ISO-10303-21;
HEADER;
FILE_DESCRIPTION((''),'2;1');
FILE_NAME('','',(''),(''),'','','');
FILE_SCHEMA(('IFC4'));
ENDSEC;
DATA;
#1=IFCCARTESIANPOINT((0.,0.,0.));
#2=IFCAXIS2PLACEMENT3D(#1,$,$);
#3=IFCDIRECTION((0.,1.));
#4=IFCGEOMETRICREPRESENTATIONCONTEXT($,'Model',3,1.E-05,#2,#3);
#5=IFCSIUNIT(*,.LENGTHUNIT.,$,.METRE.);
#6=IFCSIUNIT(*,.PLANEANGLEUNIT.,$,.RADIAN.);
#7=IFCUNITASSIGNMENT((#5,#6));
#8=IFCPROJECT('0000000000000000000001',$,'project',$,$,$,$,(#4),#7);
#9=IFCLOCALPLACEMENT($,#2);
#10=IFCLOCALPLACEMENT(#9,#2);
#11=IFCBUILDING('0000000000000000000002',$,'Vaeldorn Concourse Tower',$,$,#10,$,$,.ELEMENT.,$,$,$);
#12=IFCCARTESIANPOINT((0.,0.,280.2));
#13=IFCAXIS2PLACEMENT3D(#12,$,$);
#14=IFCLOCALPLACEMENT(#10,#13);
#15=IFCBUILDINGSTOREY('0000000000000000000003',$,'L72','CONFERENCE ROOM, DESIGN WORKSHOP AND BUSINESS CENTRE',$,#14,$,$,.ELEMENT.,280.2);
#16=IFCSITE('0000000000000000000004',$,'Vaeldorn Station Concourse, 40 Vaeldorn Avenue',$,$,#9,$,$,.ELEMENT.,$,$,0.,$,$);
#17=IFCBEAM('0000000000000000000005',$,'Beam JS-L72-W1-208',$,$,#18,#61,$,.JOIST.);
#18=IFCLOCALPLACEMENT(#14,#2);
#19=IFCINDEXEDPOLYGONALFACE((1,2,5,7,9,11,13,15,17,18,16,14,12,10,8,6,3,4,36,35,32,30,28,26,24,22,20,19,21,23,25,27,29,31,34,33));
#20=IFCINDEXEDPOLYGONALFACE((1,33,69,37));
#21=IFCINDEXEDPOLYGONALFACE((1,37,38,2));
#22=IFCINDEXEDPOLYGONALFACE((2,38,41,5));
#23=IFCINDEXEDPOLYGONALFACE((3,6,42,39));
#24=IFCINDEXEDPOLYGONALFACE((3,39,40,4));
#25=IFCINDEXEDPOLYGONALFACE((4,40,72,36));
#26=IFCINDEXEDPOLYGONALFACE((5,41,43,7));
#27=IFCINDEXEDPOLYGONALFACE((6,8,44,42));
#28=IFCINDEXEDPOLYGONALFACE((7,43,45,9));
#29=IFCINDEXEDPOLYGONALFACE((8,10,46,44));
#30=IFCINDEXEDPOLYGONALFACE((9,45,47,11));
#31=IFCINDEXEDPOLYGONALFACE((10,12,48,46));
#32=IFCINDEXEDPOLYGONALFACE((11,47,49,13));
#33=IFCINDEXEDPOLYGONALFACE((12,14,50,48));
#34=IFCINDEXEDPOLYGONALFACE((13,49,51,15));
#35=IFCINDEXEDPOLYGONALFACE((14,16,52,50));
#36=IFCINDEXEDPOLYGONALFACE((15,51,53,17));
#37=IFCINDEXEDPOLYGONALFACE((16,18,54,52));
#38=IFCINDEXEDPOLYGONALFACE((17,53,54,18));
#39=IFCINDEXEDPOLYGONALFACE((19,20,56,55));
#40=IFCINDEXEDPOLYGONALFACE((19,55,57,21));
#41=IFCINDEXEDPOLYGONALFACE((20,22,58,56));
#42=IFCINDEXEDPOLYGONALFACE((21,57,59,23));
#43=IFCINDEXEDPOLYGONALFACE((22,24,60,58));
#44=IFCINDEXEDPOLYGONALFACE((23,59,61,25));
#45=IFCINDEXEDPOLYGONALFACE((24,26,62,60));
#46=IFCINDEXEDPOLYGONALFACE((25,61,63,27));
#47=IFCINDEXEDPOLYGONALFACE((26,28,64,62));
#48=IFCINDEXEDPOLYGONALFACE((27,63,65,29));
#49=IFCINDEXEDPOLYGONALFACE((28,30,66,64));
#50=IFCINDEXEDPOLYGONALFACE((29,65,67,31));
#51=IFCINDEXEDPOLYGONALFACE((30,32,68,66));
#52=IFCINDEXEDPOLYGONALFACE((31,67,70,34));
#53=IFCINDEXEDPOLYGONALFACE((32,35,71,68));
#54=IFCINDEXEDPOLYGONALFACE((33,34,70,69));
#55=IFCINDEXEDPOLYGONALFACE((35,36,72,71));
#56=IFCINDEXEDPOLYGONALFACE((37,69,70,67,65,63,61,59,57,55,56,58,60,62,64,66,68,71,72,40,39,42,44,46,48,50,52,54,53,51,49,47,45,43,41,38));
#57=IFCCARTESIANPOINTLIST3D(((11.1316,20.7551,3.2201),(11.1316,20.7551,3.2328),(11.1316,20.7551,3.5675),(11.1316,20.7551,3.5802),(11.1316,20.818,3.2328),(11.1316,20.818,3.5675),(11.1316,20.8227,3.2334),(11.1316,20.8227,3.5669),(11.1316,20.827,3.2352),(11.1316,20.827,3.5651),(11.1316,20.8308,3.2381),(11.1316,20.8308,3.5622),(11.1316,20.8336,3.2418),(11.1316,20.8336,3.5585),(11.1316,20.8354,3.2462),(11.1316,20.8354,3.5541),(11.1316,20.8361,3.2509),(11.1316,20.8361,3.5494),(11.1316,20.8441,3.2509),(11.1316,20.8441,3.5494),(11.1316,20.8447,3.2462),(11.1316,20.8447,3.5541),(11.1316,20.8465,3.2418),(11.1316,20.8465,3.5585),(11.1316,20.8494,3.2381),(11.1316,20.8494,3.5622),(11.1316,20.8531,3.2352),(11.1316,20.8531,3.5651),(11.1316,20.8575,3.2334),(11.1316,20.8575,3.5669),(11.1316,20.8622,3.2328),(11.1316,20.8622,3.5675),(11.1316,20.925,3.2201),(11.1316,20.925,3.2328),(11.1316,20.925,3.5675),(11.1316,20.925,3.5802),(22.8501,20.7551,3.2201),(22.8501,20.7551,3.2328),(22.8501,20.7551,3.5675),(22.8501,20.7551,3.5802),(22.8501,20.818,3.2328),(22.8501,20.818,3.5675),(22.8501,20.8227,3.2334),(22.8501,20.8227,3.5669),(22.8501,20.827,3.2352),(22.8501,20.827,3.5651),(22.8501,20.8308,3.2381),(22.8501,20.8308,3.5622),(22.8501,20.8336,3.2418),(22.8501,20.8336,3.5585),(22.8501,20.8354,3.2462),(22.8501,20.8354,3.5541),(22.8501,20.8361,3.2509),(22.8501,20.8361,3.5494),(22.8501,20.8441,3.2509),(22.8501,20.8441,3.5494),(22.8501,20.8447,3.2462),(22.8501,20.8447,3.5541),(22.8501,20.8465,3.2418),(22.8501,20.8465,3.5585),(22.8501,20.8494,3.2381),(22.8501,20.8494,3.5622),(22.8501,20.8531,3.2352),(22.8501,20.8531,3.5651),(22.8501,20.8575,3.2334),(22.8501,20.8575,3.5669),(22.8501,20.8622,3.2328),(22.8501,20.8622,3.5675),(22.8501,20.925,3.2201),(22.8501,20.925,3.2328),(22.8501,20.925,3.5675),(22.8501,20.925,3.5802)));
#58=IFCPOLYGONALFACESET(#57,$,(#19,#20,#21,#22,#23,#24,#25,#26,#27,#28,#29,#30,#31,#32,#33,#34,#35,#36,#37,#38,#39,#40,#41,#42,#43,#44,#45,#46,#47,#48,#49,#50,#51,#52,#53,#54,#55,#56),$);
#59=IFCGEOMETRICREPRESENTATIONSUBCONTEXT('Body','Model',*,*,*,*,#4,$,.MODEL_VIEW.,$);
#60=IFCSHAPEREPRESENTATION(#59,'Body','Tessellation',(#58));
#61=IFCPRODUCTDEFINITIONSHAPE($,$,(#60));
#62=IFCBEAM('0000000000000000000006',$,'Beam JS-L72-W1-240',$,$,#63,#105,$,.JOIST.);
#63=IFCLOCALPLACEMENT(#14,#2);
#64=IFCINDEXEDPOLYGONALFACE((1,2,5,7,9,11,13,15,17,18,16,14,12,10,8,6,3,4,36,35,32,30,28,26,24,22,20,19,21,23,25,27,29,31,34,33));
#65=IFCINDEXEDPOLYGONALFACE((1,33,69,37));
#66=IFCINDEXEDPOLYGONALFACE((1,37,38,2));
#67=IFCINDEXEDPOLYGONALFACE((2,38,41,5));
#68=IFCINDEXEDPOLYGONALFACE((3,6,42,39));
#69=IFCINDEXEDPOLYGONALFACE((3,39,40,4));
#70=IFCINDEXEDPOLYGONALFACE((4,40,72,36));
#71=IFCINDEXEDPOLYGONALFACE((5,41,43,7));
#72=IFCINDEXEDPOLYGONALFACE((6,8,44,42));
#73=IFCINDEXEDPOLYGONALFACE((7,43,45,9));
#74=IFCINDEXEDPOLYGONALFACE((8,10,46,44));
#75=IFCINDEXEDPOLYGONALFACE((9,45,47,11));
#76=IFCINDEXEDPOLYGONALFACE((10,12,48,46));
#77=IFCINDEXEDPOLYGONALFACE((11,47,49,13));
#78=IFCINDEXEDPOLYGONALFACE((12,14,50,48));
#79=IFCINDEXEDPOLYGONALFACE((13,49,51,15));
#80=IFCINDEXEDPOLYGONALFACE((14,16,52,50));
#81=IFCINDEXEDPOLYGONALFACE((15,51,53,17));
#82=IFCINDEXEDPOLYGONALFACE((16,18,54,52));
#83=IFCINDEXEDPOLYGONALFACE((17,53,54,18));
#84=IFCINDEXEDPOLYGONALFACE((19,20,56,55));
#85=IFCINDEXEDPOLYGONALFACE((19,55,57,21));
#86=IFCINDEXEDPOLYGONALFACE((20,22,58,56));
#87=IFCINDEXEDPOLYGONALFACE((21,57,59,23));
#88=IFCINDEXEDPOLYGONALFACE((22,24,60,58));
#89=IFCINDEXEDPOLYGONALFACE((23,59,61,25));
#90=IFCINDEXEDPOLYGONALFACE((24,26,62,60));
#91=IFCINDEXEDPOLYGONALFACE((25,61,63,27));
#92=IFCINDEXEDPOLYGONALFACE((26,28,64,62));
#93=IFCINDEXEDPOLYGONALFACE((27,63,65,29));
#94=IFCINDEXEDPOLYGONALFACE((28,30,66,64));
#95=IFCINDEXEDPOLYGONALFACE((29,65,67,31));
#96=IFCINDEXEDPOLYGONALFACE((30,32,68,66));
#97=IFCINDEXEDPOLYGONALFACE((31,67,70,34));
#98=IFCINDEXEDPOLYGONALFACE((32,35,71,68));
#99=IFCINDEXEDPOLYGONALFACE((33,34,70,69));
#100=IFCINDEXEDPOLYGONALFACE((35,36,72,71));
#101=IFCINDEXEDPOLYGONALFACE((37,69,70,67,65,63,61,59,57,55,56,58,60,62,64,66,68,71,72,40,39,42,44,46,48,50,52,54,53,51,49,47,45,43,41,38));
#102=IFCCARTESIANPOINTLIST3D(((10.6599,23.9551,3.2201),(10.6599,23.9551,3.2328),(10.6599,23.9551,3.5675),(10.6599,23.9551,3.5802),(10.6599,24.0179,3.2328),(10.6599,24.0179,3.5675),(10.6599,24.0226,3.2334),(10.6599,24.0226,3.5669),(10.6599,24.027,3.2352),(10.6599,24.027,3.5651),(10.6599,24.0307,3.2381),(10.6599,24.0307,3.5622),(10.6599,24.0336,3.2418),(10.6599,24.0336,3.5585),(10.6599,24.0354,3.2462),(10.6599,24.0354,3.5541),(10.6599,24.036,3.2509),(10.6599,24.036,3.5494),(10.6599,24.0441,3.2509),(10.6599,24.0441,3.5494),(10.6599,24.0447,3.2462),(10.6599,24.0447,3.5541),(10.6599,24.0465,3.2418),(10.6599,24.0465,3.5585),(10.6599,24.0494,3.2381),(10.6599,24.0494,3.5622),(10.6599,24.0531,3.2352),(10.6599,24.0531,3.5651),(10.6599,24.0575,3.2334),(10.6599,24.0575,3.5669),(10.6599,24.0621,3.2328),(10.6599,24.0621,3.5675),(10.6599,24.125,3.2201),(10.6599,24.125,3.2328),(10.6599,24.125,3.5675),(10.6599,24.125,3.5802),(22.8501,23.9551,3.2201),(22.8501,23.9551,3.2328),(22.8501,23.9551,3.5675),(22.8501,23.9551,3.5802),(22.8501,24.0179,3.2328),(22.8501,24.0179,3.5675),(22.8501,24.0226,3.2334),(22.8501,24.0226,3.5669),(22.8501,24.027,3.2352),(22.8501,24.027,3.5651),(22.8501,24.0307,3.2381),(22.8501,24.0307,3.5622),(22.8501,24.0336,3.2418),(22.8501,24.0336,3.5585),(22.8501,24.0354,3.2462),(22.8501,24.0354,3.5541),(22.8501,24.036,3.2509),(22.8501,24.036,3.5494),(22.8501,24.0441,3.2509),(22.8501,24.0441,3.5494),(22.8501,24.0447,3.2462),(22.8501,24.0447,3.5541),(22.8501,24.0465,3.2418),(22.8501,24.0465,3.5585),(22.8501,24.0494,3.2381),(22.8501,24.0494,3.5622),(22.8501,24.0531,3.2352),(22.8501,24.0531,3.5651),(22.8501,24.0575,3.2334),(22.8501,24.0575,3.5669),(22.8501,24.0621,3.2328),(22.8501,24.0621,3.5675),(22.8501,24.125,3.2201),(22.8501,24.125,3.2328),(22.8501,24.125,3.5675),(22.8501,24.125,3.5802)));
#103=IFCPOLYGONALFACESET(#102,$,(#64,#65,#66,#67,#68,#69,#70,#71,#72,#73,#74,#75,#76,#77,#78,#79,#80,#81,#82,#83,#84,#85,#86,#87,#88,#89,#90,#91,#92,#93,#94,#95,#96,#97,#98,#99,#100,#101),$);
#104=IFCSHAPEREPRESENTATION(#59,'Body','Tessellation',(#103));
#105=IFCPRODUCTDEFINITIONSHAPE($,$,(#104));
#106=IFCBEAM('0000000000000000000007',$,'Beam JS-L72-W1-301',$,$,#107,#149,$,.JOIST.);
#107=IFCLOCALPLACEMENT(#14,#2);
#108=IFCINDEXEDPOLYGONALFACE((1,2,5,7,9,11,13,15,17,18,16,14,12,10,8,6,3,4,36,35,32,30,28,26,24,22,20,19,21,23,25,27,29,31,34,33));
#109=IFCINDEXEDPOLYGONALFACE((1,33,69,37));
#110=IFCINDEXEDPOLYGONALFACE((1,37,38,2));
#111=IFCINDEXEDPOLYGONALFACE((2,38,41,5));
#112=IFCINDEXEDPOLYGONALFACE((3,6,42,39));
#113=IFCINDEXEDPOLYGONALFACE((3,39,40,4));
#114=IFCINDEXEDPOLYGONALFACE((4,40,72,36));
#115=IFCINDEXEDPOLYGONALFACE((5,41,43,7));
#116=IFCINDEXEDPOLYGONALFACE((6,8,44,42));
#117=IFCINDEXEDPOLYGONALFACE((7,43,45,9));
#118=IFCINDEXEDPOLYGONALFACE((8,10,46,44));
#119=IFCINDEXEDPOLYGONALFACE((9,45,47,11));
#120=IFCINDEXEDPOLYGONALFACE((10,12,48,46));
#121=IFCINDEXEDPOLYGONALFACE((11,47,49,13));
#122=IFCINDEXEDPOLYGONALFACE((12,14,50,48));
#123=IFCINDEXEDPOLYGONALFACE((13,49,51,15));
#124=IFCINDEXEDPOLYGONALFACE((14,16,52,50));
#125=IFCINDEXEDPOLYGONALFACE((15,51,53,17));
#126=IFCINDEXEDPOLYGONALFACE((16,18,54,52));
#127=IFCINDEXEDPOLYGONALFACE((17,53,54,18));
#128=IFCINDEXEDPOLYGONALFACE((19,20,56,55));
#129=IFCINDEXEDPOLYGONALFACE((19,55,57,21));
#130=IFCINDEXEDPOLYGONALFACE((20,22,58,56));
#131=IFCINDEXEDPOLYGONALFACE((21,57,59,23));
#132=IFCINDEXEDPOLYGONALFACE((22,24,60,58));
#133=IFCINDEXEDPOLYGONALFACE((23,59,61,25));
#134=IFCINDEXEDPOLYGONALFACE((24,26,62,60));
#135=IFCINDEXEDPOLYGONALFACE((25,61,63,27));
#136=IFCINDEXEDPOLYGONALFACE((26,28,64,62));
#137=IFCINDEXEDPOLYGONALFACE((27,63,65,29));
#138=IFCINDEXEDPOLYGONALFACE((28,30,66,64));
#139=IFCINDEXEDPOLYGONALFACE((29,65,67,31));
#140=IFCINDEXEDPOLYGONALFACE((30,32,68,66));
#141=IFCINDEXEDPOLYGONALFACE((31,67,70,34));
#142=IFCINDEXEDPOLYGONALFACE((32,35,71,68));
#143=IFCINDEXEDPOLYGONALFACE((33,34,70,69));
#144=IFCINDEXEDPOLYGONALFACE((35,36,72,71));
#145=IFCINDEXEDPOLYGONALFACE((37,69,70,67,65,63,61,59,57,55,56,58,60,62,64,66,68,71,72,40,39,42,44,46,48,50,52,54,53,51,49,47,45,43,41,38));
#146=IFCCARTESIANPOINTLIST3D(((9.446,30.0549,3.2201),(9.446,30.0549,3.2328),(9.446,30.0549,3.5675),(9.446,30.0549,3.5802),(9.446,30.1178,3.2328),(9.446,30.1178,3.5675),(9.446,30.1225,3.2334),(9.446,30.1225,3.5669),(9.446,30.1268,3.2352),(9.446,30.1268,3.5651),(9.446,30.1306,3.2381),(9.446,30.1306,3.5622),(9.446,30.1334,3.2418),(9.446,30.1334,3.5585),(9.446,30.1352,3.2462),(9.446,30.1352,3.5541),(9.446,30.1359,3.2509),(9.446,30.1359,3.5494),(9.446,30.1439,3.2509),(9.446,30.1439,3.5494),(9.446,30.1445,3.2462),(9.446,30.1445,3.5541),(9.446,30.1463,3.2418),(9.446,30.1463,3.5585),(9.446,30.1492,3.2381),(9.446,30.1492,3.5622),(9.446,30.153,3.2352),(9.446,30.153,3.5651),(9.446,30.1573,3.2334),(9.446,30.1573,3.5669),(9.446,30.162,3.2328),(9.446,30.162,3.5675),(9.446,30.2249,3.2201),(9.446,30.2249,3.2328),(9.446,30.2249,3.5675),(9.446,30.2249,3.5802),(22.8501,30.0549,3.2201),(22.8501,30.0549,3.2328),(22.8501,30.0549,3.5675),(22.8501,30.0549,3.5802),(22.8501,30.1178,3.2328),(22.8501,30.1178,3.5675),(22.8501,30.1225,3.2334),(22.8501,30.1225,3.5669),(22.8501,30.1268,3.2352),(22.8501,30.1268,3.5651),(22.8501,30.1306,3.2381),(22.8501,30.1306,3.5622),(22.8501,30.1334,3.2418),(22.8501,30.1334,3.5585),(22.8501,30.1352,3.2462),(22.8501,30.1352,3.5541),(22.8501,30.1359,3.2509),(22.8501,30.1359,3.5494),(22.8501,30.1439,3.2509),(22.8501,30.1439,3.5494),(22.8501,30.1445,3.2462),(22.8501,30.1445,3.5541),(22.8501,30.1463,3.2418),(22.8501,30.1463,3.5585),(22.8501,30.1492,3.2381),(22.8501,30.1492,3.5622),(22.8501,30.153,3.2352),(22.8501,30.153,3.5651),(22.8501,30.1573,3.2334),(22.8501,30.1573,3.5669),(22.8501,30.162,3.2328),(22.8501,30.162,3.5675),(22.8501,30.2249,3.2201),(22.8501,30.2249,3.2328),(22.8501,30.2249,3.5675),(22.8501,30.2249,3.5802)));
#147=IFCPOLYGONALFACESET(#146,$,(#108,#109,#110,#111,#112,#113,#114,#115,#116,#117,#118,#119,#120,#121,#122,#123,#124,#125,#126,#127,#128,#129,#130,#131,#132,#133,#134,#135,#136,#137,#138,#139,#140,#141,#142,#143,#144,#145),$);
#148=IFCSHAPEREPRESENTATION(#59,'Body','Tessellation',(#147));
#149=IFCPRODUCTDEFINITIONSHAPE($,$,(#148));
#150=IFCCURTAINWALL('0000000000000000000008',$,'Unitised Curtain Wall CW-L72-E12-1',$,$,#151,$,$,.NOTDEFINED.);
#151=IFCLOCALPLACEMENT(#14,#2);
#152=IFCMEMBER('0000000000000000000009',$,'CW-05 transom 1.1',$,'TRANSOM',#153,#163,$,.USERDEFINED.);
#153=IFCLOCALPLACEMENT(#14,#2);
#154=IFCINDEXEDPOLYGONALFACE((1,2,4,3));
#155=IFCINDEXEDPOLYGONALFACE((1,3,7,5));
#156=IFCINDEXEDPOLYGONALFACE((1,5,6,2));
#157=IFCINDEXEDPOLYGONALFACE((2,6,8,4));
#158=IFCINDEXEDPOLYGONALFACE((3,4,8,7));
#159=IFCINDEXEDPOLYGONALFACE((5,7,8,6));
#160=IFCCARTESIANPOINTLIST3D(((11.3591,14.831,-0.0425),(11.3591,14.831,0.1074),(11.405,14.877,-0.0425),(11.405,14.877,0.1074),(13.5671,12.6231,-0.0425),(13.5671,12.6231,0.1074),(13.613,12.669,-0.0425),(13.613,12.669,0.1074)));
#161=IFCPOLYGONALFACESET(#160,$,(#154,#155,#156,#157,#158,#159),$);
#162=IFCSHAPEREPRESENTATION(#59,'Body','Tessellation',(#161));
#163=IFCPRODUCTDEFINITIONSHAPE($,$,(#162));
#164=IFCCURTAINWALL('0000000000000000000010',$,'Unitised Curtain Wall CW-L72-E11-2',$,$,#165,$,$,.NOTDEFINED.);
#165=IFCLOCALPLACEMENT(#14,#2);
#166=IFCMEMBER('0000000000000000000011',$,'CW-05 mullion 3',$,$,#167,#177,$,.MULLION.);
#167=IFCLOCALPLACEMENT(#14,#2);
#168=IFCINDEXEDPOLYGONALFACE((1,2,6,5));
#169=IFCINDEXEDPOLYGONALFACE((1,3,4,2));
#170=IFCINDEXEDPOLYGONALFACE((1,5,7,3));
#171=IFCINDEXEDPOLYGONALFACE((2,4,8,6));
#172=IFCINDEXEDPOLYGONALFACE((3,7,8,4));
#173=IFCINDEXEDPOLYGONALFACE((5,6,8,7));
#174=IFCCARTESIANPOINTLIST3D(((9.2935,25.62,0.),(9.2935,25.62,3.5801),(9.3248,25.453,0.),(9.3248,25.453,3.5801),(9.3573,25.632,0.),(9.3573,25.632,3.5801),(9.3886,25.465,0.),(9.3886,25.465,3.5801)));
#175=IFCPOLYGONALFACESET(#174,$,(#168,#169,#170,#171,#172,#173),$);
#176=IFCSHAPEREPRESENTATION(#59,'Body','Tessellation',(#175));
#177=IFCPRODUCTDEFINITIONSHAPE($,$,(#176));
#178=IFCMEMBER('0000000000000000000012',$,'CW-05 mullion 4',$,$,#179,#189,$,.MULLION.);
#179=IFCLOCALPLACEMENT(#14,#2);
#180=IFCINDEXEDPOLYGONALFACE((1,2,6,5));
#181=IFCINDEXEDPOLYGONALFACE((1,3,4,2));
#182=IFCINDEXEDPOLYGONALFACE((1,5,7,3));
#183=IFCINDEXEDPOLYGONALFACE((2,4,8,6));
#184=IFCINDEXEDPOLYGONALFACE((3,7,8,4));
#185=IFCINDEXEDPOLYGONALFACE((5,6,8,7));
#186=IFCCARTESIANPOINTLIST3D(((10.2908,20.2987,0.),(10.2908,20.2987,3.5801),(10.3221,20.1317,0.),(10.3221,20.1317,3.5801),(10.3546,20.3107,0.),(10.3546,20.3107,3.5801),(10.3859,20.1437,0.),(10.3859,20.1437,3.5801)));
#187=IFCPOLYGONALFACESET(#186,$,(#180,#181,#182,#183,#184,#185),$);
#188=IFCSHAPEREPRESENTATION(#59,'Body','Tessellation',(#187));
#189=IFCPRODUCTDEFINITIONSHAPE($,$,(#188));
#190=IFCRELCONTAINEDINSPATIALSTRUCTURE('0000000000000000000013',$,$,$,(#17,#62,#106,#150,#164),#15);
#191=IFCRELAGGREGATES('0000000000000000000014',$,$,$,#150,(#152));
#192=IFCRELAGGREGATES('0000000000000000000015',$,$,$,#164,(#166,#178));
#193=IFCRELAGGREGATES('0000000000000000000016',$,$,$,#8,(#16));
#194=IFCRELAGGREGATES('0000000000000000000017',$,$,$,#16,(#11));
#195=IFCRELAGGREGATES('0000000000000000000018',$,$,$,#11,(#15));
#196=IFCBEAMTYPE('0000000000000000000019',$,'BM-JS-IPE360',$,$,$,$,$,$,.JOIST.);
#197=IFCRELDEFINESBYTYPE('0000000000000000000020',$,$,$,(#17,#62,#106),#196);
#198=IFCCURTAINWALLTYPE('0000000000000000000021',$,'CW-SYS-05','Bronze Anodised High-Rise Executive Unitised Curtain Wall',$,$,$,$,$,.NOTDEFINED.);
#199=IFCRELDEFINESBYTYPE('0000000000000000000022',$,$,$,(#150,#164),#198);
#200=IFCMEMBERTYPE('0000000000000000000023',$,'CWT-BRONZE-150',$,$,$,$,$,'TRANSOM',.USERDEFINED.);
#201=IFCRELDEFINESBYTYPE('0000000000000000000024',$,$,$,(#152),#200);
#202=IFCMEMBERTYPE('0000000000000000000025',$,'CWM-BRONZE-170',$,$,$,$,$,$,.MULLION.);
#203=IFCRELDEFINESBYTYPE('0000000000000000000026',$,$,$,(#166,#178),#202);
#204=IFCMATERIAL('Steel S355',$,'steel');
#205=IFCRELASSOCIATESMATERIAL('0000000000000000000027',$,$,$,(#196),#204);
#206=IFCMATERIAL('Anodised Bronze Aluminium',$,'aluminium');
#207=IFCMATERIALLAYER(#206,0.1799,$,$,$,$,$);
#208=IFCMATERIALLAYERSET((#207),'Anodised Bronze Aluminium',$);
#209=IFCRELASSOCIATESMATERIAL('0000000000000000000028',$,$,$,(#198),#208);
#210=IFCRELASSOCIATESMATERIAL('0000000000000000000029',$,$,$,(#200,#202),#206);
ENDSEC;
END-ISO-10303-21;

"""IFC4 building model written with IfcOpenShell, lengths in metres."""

from ifc_helpers import new_model, si_unit, direction, frame, origin, origin_2d, place, context, subcontext, project, spatial, rectangle, i_section, extrude, source, transform, mapped, material, layer, layer_set, material_profile, profile_set, type_object, element, aggregate, save


model = new_model("IFC4")

# Units and contexts
model_context = context("Model", 3, precision=1e-05, world=origin(), true_north=direction((0.0, 1.0)))
body_context = subcontext(model_context, "Body", "Model", "MODEL_VIEW")
ifc_project = project(units=[si_unit("LENGTHUNIT", "METRE"), si_unit("PLANEANGLEUNIT", "RADIAN")], contexts=[model_context])

# Site, building, storey
site_placement = place(None, origin())
site = spatial("IfcSite", under=ifc_project, at=site_placement, Name="Vaeldorn Station Concourse, 40 Vaeldorn Avenue", CompositionType="ELEMENT", RefElevation=0.0)
building_placement = place(site_placement, origin())
building = spatial("IfcBuilding", under=site, at=building_placement, Name="Vaeldorn Concourse Tower", CompositionType="ELEMENT")
storey_placement = place(building_placement, frame((0.0, 0.0, 280.2)))
storey = spatial("IfcBuildingStorey", under=building, at=storey_placement, Name="L72", Description="CONFERENCE ROOM, DESIGN WORKSHOP AND BUSINESS CENTRE", CompositionType="ELEMENT", Elevation=280.2)

# Shared definitions
ifc_material_1 = material(Name="Steel S355", Category="steel")

# Beams
ifc_material_profile_1 = material_profile(ifc_material_1, i_section(OverallWidth=0.1699, OverallDepth=0.3601, WebThickness=0.0081, FlangeThickness=0.0127, FilletRadius=0.0181, at=origin_2d()), Name="IPE 360")
ifc_profile_set_1 = profile_set([ifc_material_profile_1], Name="Steel S355")
beam_type_1 = type_object("IfcBeamType", Name="BM-JS-IPE360", PredefinedType="JOIST", material=ifc_profile_set_1)
shared_shape_1 = source(origin(), body_context, "Body", "SweptSolid", [
    extrude(i_section(OverallWidth=0.1699, OverallDepth=0.3601, WebThickness=0.0081, FlangeThickness=0.0127, FilletRadius=0.0181, at=origin_2d()), origin(), (0.0, 0.0, 1.0), 11.7185),
])
beam_1_placement = place(storey_placement, frame((11.1316, 20.8401, 3.4001), z_axis=(1.0, 0.0, 0.0), x_axis=(0.0, 1.0, 0.0)))
element("IfcBeam", 1, at=beam_1_placement, inside=storey, type_object=beam_type_1, Name="Beam JS-L72-W1-208", PredefinedType="JOIST", context=body_context, shape_type="MappedRepresentation", body=[
    mapped(shared_shape_1, transform((0.0, 0.0, 0.0), scale=1.0)),
])
shared_shape_2 = source(origin(), body_context, "Body", "SweptSolid", [
    extrude(i_section(OverallWidth=0.1699, OverallDepth=0.3601, WebThickness=0.0081, FlangeThickness=0.0127, FilletRadius=0.0181, at=origin_2d()), origin(), (0.0, 0.0, 1.0), 12.1902),
])
beam_2_placement = place(storey_placement, frame((10.6599, 24.04, 3.4001), z_axis=(1.0, 0.0, 0.0), x_axis=(0.0, 1.0, 0.0)))
element("IfcBeam", 2, at=beam_2_placement, inside=storey, type_object=beam_type_1, Name="Beam JS-L72-W1-240", PredefinedType="JOIST", context=body_context, shape_type="MappedRepresentation", body=[
    mapped(shared_shape_2, transform((0.0, 0.0, 0.0), scale=1.0)),
])
shared_shape_3 = source(origin(), body_context, "Body", "SweptSolid", [
    extrude(i_section(OverallWidth=0.1699, OverallDepth=0.3601, WebThickness=0.0081, FlangeThickness=0.0127, FilletRadius=0.0181, at=origin_2d()), origin(), (0.0, 0.0, 1.0), 13.4041),
])
beam_3_placement = place(storey_placement, frame((9.446, 30.1399, 3.4001), z_axis=(1.0, 0.0, 0.0), x_axis=(0.0, 1.0, 0.0)))
element("IfcBeam", 3, at=beam_3_placement, inside=storey, type_object=beam_type_1, Name="Beam JS-L72-W1-301", PredefinedType="JOIST", context=body_context, shape_type="MappedRepresentation", body=[
    mapped(shared_shape_3, transform((0.0, 0.0, 0.0), scale=1.0)),
])

# Curtain wall, member
ifc_material_2 = material(Name="Anodised Bronze Aluminium", Category="aluminium")
ifc_layer_1 = layer(ifc_material_2, 0.1799)
ifc_layer_set_1 = layer_set([ifc_layer_1], Name="Anodised Bronze Aluminium")
curtain_wall_type = type_object("IfcCurtainWallType", Name="CW-SYS-05", Description="Bronze Anodised High-Rise Executive Unitised Curtain Wall", PredefinedType="NOTDEFINED", material=ifc_layer_set_1)
curtain_wall_1_placement = place(storey_placement, origin())
curtain_wall_1 = element("IfcCurtainWall", 4, at=curtain_wall_1_placement, inside=storey, type_object=curtain_wall_type, Name="Unitised Curtain Wall CW-L72-E12-1", PredefinedType="NOTDEFINED")
ifc_material_profile_2 = material_profile(ifc_material_2, rectangle(XDim=0.0649, YDim=0.1499, at=origin_2d()), Name="CWT 65x150")
ifc_profile_set_2 = profile_set([ifc_material_profile_2], Name="Anodised Bronze Aluminium")
member_type_1 = type_object("IfcMemberType", Name="CWT-BRONZE-150", ElementType="TRANSOM", PredefinedType="USERDEFINED", material=ifc_profile_set_2)
shared_shape_4 = source(origin(), body_context, "Body", "SweptSolid", [
    extrude(rectangle(XDim=0.0649, YDim=0.1499, at=origin_2d()), origin(), (0.0, 0.0, 1.0), 3.1226),
])
member_1_placement = place(storey_placement, frame((11.3821, 14.854, 0.0325), z_axis=(0.707107, -0.707107, 0.0), x_axis=(0.707107, 0.707107, 0.0)))
member_1 = element("IfcMember", 5, at=member_1_placement, type_object=member_type_1, Name="CW-05 transom 1.1", ObjectType="TRANSOM", PredefinedType="USERDEFINED", context=body_context, shape_type="MappedRepresentation", body=[
    mapped(shared_shape_4, transform((0.0, 0.0, 0.0), scale=1.0)),
])

# Curtain wall, members
curtain_wall_2_placement = place(storey_placement, origin())
curtain_wall_2 = element("IfcCurtainWall", 6, at=curtain_wall_2_placement, inside=storey, type_object=curtain_wall_type, Name="Unitised Curtain Wall CW-L72-E11-2", PredefinedType="NOTDEFINED")
ifc_material_profile_3 = material_profile(ifc_material_2, rectangle(XDim=0.0649, YDim=0.1699, at=origin_2d()), Name="CWM 65x170")
ifc_profile_set_3 = profile_set([ifc_material_profile_3], Name="Anodised Bronze Aluminium")
member_type_2 = type_object("IfcMemberType", Name="CWM-BRONZE-170", PredefinedType="MULLION", material=ifc_profile_set_3)
shared_shape_5 = source(origin(), body_context, "Body", "SweptSolid", [
    extrude(rectangle(XDim=0.0649, YDim=0.1699, at=origin_2d()), origin(), (0.0, 0.0, 1.0), 3.5801),
])
member_2_placement = place(storey_placement, frame((9.3411, 25.5425, 0.0), z_axis=(0.0, 0.0, 1.0), x_axis=(0.98288, 0.184247, 0.0)))
member_2 = element("IfcMember", 7, at=member_2_placement, type_object=member_type_2, Name="CW-05 mullion 3", PredefinedType="MULLION", context=body_context, shape_type="MappedRepresentation", body=[
    mapped(shared_shape_5, transform((0.0, 0.0, 0.0), scale=1.0)),
])
member_3_placement = place(storey_placement, frame((10.3384, 20.2212, 0.0), z_axis=(0.0, 0.0, 1.0), x_axis=(0.98288, 0.184247, 0.0)))
member_3 = element("IfcMember", 8, at=member_3_placement, type_object=member_type_2, Name="CW-05 mullion 4", PredefinedType="MULLION", context=body_context, shape_type="MappedRepresentation", body=[
    mapped(shared_shape_5, transform((0.0, 0.0, 0.0), scale=1.0)),
])

aggregate(curtain_wall_1, [member_1])

aggregate(curtain_wall_2, [member_2, member_3])

save(model, "model.ifc")
